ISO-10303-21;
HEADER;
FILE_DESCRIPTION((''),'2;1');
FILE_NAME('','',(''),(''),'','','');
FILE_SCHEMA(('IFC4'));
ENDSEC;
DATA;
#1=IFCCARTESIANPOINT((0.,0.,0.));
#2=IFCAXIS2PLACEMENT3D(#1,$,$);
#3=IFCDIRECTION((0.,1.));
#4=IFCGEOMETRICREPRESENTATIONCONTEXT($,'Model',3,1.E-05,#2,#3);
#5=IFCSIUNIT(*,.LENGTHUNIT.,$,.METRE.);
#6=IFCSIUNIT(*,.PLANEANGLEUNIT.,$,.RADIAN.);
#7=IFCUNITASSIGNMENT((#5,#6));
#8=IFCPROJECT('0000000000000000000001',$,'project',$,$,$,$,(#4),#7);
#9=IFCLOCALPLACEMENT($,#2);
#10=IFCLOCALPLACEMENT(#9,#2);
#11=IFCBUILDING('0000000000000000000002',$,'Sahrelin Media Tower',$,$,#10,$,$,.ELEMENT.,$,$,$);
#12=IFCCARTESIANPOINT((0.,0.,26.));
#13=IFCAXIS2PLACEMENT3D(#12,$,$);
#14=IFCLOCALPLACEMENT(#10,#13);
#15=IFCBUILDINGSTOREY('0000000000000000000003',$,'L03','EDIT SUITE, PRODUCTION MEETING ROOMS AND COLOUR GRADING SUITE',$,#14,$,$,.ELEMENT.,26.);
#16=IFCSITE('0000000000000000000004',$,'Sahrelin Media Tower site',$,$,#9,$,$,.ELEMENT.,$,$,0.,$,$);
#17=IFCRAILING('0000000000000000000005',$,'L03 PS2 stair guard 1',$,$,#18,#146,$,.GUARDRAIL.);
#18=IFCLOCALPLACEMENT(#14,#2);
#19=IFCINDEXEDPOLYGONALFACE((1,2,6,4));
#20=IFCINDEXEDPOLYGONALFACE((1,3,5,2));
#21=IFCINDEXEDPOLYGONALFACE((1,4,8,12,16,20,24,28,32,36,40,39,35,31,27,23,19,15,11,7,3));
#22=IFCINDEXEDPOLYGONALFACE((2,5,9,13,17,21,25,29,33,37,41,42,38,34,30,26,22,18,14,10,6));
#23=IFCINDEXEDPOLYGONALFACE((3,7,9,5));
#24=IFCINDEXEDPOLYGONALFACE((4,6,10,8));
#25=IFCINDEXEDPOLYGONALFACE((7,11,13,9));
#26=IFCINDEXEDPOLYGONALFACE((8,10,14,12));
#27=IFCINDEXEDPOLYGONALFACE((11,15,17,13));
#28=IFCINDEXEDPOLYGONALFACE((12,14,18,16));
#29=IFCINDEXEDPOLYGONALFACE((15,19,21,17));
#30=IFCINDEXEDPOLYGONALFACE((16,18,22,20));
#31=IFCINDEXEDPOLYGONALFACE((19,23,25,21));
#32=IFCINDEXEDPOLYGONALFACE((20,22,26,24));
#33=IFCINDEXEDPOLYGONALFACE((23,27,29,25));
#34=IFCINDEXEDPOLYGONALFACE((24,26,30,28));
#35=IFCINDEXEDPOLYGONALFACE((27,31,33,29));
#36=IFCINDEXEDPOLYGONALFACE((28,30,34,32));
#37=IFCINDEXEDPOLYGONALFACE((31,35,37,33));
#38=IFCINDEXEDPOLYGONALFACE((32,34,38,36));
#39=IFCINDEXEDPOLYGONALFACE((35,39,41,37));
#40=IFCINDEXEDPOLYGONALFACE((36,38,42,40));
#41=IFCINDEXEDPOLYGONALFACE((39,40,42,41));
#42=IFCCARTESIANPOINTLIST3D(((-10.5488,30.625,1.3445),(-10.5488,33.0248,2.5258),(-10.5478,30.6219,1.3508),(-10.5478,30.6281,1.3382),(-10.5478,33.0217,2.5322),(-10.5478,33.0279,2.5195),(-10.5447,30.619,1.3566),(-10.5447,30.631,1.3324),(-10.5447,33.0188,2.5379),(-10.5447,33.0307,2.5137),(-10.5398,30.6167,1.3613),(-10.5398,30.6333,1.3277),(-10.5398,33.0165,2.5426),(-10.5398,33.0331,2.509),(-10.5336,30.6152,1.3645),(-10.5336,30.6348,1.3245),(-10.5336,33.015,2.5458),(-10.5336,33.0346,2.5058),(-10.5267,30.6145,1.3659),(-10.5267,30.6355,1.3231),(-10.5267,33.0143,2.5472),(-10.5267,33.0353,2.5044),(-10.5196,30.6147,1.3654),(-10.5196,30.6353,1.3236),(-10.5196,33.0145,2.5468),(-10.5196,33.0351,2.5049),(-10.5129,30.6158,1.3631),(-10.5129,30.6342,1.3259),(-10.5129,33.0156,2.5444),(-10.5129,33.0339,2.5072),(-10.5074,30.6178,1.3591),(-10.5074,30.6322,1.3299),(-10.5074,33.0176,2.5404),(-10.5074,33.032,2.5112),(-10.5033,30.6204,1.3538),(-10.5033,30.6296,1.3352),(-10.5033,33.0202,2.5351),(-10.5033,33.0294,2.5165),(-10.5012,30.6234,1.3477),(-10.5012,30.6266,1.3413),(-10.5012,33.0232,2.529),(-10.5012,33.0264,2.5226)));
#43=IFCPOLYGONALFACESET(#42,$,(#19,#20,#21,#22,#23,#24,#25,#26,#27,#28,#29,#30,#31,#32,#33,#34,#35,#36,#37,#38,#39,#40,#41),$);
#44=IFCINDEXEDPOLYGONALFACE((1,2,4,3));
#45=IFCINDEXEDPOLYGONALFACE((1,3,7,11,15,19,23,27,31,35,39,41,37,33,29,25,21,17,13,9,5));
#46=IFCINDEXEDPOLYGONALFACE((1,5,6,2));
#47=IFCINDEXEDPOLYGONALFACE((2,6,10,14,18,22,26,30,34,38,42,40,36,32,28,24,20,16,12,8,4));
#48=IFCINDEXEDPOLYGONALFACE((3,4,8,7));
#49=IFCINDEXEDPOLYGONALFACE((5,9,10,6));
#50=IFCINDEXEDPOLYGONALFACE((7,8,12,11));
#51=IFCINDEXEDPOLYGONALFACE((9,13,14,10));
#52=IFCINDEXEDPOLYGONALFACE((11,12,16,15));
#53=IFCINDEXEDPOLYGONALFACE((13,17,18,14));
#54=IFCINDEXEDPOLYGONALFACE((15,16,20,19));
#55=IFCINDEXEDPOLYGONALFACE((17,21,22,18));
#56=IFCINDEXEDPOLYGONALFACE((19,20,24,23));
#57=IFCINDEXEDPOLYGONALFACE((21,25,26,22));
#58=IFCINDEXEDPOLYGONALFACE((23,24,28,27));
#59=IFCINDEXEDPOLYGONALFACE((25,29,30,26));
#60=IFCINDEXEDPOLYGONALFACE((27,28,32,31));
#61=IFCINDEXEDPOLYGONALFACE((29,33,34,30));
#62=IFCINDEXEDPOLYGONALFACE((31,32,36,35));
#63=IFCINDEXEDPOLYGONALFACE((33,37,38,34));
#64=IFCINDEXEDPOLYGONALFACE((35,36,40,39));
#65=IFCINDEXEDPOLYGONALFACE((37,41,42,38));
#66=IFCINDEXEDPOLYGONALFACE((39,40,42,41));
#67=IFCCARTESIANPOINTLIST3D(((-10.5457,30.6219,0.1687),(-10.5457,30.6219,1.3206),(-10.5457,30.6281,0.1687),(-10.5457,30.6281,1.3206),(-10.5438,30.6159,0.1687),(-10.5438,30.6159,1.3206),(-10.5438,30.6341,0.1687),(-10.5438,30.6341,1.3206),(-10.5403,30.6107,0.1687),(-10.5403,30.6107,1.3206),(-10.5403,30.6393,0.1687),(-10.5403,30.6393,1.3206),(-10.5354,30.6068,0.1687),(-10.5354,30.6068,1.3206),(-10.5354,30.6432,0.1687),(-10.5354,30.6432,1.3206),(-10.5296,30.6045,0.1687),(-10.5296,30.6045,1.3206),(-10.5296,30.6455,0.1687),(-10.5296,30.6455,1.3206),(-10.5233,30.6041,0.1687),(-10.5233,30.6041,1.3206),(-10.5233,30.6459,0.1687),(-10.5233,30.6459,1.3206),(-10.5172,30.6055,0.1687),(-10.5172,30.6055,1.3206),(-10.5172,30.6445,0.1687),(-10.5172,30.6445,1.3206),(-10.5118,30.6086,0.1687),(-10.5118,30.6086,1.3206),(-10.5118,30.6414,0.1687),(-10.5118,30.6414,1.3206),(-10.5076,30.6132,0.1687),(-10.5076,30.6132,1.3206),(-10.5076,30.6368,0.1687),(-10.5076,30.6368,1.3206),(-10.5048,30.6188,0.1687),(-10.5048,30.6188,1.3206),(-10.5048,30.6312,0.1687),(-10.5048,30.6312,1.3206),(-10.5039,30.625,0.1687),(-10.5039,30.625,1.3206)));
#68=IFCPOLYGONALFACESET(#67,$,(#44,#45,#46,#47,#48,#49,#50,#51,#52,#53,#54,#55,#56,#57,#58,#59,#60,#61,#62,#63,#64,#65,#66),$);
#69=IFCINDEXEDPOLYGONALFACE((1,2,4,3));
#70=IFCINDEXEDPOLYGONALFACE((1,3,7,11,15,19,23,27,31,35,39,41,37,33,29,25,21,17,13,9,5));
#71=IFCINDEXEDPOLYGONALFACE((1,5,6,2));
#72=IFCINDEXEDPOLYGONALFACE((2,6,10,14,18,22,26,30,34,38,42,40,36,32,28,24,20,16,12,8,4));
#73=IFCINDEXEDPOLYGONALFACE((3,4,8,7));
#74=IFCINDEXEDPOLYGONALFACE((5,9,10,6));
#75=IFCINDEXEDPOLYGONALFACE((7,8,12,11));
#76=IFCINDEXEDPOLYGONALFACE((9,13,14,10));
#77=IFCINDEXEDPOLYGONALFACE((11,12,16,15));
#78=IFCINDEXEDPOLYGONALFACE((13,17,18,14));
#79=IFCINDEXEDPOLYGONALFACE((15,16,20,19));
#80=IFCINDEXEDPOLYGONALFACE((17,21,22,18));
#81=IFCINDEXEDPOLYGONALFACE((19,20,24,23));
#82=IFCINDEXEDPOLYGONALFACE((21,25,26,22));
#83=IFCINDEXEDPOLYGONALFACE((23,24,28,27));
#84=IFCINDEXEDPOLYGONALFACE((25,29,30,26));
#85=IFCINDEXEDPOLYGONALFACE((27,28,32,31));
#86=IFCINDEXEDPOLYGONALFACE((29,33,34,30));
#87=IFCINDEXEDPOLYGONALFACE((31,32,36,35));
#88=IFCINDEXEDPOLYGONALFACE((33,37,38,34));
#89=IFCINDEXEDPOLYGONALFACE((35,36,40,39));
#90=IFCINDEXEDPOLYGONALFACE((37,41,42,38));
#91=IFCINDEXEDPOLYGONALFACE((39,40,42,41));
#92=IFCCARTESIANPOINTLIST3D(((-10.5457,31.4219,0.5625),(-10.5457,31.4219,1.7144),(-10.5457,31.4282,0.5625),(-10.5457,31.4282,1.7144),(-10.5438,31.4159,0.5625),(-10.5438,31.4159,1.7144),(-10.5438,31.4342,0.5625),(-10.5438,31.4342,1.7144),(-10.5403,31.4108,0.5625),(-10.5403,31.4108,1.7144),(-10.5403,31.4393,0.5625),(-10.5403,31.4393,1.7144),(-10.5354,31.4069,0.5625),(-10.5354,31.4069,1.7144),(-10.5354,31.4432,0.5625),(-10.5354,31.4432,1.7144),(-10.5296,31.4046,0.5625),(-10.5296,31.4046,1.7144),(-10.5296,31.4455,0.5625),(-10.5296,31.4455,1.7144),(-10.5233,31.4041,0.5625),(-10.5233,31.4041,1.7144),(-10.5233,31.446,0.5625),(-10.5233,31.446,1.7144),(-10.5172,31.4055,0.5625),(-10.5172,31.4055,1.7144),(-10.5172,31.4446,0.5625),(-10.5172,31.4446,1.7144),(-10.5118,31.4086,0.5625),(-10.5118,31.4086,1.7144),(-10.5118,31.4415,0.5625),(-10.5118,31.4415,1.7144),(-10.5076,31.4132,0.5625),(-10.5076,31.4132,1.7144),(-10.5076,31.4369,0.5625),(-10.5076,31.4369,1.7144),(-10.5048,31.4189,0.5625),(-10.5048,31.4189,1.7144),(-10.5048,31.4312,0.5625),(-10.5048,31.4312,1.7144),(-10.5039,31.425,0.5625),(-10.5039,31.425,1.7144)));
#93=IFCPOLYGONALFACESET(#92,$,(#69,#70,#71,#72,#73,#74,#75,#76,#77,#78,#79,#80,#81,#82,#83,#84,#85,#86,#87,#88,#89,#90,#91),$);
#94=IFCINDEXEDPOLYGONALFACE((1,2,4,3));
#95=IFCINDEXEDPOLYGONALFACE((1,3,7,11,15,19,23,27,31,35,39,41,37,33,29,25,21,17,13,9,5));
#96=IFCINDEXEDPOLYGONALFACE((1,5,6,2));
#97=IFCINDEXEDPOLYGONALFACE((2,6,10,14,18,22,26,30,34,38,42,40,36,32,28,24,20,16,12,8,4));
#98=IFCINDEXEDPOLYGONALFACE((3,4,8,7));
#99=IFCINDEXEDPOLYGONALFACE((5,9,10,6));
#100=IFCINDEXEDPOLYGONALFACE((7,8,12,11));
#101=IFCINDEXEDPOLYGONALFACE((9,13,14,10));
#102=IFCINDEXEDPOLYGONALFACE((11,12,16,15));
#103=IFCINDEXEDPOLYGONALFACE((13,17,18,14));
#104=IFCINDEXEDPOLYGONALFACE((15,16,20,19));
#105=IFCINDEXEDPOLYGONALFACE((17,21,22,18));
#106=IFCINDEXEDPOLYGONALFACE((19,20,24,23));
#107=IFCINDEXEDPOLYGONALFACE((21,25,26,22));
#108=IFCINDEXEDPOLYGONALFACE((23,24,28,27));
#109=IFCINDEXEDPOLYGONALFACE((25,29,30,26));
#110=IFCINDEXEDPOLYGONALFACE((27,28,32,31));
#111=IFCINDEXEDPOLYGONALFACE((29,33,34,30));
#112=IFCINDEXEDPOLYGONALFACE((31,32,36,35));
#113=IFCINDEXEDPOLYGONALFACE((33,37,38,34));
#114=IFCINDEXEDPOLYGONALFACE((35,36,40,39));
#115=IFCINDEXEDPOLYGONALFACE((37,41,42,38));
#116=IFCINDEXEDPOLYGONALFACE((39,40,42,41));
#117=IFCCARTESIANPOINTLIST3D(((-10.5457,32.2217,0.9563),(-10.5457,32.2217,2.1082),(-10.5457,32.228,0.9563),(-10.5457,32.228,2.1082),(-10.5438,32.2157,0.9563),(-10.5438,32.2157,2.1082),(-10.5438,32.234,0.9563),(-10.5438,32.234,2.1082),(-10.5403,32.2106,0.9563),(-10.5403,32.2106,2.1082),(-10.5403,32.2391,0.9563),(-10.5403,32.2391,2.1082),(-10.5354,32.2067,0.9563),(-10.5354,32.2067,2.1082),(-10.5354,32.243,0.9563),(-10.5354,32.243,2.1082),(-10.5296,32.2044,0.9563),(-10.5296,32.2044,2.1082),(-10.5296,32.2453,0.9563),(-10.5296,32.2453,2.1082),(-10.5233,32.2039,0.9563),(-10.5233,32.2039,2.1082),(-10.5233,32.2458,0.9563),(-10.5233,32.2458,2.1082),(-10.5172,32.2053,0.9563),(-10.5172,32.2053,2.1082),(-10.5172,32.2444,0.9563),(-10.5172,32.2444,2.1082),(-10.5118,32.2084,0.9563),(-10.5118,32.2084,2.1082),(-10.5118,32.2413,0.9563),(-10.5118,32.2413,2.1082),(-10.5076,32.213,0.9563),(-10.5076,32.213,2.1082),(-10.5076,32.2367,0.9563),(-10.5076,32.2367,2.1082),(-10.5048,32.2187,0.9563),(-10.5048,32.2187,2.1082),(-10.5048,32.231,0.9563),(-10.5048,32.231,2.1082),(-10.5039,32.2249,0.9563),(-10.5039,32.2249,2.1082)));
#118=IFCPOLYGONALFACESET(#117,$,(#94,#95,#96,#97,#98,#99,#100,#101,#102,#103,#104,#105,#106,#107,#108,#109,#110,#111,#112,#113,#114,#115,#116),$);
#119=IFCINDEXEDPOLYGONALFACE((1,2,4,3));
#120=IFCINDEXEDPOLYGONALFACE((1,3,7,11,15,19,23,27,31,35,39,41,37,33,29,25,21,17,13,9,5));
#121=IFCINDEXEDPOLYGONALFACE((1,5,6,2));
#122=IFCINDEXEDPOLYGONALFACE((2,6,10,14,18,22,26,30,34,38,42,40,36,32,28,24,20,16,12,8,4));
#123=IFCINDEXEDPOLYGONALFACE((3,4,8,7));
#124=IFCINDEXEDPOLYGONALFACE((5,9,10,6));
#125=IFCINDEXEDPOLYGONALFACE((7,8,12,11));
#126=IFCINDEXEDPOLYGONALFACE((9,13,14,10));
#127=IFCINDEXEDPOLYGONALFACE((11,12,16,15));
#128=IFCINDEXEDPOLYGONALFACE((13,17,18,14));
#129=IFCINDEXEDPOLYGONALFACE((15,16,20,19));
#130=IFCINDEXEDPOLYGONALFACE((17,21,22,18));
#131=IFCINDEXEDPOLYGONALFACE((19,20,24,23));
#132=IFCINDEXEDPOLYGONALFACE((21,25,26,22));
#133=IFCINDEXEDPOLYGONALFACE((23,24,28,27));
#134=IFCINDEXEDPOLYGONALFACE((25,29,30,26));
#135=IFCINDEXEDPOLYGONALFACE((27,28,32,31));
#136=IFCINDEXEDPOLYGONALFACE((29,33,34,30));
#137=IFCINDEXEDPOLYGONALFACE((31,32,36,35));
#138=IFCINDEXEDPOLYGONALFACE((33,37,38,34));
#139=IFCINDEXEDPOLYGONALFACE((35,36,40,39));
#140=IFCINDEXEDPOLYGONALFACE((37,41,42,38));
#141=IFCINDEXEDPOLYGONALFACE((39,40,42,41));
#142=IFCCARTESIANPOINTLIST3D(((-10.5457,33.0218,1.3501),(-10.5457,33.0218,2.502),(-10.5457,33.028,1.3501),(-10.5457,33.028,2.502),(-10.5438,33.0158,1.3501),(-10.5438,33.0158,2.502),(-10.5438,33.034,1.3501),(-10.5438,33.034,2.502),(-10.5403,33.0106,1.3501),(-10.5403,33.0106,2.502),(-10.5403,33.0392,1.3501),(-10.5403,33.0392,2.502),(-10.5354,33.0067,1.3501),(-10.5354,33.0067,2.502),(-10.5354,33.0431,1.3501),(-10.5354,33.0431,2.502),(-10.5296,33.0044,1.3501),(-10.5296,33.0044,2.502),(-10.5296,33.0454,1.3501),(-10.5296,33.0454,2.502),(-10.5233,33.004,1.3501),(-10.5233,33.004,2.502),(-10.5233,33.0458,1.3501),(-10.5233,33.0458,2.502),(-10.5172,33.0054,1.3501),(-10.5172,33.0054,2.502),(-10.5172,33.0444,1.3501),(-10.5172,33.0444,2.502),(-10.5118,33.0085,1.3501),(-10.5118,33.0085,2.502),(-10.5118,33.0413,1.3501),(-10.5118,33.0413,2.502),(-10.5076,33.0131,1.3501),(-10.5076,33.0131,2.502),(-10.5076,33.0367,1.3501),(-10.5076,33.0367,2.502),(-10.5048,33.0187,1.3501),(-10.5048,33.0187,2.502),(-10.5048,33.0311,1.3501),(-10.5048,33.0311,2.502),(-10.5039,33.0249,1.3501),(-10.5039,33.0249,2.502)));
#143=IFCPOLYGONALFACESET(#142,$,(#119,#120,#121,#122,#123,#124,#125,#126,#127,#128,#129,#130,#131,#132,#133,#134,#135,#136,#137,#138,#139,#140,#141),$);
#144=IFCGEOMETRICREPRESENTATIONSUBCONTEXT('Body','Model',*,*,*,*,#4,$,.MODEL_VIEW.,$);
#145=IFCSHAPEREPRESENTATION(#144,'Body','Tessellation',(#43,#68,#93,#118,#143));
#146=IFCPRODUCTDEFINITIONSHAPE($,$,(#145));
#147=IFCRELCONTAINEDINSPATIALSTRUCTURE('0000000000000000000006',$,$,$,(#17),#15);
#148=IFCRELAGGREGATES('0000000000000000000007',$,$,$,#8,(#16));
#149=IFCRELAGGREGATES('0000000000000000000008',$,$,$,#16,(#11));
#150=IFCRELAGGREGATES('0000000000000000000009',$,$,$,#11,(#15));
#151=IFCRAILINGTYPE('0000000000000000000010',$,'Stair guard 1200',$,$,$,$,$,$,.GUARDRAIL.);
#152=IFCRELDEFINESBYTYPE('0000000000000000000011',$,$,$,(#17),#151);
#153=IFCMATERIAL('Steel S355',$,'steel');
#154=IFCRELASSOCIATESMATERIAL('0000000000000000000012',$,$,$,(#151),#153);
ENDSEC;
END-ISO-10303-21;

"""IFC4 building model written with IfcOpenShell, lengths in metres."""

from ifc_helpers import new_model, si_unit, direction, frame, origin, origin_2d, place, context, subcontext, project, spatial, circle, extrude, material, type_object, element, save


model = new_model("IFC4")

# Units and contexts
model_context = context("Model", 3, precision=1e-05, world=origin(), true_north=direction((0.0, 1.0)))
body_context = subcontext(model_context, "Body", "Model", "MODEL_VIEW")
ifc_project = project(units=[si_unit("LENGTHUNIT", "METRE"), si_unit("PLANEANGLEUNIT", "RADIAN")], contexts=[model_context])

# Site, building, storey
site_placement = place(None, origin())
site = spatial("IfcSite", under=ifc_project, at=site_placement, Name="Sahrelin Media Tower site", CompositionType="ELEMENT", RefElevation=0.0)
building_placement = place(site_placement, origin())
building = spatial("IfcBuilding", under=site, at=building_placement, Name="Sahrelin Media Tower", CompositionType="ELEMENT")
storey_placement = place(building_placement, frame((0.0, 0.0, 26.0)))
storey = spatial("IfcBuildingStorey", under=building, at=storey_placement, Name="L03", Description="EDIT SUITE, PRODUCTION MEETING ROOMS AND COLOUR GRADING SUITE", CompositionType="ELEMENT", Elevation=26.0)

# Shared definitions
ifc_material_1 = material(Name="Steel S355", Category="steel")

# Railing
railing_type_1 = type_object("IfcRailingType", Name="Stair guard 1200", PredefinedType="GUARDRAIL", material=ifc_material_1)
railing_1_placement = place(storey_placement, frame((-10.5249, 30.625, 0.1687)))
element("IfcRailing", 1, at=railing_1_placement, inside=storey, type_object=railing_type_1, Name="L03 PS2 stair guard 1", PredefinedType="GUARDRAIL", context=body_context, shape_type="SweptSolid", body=[
    extrude(circle(Radius=0.0239, at=origin_2d()), frame((0.0, 0.0, 1.1758), z_axis=(0.0, 0.897185, 0.441656), x_axis=(-1.0, 0.0, 0.0)), (0.0, 0.0, 1.0), 2.6748),
    extrude(circle(Radius=0.021, at=origin_2d()), origin(), (0.0, 0.0, 1.0), 1.1519),
    extrude(circle(Radius=0.021, at=origin_2d()), frame((0.0, 0.8, 0.3938)), (0.0, 0.0, 1.0), 1.1519),
    extrude(circle(Radius=0.021, at=origin_2d()), frame((0.0, 1.5999, 0.7876)), (0.0, 0.0, 1.0), 1.1519),
    extrude(circle(Radius=0.021, at=origin_2d()), frame((0.0, 2.3999, 1.1814)), (0.0, 0.0, 1.0), 1.1519),
])

save(model, "model.ifc")
